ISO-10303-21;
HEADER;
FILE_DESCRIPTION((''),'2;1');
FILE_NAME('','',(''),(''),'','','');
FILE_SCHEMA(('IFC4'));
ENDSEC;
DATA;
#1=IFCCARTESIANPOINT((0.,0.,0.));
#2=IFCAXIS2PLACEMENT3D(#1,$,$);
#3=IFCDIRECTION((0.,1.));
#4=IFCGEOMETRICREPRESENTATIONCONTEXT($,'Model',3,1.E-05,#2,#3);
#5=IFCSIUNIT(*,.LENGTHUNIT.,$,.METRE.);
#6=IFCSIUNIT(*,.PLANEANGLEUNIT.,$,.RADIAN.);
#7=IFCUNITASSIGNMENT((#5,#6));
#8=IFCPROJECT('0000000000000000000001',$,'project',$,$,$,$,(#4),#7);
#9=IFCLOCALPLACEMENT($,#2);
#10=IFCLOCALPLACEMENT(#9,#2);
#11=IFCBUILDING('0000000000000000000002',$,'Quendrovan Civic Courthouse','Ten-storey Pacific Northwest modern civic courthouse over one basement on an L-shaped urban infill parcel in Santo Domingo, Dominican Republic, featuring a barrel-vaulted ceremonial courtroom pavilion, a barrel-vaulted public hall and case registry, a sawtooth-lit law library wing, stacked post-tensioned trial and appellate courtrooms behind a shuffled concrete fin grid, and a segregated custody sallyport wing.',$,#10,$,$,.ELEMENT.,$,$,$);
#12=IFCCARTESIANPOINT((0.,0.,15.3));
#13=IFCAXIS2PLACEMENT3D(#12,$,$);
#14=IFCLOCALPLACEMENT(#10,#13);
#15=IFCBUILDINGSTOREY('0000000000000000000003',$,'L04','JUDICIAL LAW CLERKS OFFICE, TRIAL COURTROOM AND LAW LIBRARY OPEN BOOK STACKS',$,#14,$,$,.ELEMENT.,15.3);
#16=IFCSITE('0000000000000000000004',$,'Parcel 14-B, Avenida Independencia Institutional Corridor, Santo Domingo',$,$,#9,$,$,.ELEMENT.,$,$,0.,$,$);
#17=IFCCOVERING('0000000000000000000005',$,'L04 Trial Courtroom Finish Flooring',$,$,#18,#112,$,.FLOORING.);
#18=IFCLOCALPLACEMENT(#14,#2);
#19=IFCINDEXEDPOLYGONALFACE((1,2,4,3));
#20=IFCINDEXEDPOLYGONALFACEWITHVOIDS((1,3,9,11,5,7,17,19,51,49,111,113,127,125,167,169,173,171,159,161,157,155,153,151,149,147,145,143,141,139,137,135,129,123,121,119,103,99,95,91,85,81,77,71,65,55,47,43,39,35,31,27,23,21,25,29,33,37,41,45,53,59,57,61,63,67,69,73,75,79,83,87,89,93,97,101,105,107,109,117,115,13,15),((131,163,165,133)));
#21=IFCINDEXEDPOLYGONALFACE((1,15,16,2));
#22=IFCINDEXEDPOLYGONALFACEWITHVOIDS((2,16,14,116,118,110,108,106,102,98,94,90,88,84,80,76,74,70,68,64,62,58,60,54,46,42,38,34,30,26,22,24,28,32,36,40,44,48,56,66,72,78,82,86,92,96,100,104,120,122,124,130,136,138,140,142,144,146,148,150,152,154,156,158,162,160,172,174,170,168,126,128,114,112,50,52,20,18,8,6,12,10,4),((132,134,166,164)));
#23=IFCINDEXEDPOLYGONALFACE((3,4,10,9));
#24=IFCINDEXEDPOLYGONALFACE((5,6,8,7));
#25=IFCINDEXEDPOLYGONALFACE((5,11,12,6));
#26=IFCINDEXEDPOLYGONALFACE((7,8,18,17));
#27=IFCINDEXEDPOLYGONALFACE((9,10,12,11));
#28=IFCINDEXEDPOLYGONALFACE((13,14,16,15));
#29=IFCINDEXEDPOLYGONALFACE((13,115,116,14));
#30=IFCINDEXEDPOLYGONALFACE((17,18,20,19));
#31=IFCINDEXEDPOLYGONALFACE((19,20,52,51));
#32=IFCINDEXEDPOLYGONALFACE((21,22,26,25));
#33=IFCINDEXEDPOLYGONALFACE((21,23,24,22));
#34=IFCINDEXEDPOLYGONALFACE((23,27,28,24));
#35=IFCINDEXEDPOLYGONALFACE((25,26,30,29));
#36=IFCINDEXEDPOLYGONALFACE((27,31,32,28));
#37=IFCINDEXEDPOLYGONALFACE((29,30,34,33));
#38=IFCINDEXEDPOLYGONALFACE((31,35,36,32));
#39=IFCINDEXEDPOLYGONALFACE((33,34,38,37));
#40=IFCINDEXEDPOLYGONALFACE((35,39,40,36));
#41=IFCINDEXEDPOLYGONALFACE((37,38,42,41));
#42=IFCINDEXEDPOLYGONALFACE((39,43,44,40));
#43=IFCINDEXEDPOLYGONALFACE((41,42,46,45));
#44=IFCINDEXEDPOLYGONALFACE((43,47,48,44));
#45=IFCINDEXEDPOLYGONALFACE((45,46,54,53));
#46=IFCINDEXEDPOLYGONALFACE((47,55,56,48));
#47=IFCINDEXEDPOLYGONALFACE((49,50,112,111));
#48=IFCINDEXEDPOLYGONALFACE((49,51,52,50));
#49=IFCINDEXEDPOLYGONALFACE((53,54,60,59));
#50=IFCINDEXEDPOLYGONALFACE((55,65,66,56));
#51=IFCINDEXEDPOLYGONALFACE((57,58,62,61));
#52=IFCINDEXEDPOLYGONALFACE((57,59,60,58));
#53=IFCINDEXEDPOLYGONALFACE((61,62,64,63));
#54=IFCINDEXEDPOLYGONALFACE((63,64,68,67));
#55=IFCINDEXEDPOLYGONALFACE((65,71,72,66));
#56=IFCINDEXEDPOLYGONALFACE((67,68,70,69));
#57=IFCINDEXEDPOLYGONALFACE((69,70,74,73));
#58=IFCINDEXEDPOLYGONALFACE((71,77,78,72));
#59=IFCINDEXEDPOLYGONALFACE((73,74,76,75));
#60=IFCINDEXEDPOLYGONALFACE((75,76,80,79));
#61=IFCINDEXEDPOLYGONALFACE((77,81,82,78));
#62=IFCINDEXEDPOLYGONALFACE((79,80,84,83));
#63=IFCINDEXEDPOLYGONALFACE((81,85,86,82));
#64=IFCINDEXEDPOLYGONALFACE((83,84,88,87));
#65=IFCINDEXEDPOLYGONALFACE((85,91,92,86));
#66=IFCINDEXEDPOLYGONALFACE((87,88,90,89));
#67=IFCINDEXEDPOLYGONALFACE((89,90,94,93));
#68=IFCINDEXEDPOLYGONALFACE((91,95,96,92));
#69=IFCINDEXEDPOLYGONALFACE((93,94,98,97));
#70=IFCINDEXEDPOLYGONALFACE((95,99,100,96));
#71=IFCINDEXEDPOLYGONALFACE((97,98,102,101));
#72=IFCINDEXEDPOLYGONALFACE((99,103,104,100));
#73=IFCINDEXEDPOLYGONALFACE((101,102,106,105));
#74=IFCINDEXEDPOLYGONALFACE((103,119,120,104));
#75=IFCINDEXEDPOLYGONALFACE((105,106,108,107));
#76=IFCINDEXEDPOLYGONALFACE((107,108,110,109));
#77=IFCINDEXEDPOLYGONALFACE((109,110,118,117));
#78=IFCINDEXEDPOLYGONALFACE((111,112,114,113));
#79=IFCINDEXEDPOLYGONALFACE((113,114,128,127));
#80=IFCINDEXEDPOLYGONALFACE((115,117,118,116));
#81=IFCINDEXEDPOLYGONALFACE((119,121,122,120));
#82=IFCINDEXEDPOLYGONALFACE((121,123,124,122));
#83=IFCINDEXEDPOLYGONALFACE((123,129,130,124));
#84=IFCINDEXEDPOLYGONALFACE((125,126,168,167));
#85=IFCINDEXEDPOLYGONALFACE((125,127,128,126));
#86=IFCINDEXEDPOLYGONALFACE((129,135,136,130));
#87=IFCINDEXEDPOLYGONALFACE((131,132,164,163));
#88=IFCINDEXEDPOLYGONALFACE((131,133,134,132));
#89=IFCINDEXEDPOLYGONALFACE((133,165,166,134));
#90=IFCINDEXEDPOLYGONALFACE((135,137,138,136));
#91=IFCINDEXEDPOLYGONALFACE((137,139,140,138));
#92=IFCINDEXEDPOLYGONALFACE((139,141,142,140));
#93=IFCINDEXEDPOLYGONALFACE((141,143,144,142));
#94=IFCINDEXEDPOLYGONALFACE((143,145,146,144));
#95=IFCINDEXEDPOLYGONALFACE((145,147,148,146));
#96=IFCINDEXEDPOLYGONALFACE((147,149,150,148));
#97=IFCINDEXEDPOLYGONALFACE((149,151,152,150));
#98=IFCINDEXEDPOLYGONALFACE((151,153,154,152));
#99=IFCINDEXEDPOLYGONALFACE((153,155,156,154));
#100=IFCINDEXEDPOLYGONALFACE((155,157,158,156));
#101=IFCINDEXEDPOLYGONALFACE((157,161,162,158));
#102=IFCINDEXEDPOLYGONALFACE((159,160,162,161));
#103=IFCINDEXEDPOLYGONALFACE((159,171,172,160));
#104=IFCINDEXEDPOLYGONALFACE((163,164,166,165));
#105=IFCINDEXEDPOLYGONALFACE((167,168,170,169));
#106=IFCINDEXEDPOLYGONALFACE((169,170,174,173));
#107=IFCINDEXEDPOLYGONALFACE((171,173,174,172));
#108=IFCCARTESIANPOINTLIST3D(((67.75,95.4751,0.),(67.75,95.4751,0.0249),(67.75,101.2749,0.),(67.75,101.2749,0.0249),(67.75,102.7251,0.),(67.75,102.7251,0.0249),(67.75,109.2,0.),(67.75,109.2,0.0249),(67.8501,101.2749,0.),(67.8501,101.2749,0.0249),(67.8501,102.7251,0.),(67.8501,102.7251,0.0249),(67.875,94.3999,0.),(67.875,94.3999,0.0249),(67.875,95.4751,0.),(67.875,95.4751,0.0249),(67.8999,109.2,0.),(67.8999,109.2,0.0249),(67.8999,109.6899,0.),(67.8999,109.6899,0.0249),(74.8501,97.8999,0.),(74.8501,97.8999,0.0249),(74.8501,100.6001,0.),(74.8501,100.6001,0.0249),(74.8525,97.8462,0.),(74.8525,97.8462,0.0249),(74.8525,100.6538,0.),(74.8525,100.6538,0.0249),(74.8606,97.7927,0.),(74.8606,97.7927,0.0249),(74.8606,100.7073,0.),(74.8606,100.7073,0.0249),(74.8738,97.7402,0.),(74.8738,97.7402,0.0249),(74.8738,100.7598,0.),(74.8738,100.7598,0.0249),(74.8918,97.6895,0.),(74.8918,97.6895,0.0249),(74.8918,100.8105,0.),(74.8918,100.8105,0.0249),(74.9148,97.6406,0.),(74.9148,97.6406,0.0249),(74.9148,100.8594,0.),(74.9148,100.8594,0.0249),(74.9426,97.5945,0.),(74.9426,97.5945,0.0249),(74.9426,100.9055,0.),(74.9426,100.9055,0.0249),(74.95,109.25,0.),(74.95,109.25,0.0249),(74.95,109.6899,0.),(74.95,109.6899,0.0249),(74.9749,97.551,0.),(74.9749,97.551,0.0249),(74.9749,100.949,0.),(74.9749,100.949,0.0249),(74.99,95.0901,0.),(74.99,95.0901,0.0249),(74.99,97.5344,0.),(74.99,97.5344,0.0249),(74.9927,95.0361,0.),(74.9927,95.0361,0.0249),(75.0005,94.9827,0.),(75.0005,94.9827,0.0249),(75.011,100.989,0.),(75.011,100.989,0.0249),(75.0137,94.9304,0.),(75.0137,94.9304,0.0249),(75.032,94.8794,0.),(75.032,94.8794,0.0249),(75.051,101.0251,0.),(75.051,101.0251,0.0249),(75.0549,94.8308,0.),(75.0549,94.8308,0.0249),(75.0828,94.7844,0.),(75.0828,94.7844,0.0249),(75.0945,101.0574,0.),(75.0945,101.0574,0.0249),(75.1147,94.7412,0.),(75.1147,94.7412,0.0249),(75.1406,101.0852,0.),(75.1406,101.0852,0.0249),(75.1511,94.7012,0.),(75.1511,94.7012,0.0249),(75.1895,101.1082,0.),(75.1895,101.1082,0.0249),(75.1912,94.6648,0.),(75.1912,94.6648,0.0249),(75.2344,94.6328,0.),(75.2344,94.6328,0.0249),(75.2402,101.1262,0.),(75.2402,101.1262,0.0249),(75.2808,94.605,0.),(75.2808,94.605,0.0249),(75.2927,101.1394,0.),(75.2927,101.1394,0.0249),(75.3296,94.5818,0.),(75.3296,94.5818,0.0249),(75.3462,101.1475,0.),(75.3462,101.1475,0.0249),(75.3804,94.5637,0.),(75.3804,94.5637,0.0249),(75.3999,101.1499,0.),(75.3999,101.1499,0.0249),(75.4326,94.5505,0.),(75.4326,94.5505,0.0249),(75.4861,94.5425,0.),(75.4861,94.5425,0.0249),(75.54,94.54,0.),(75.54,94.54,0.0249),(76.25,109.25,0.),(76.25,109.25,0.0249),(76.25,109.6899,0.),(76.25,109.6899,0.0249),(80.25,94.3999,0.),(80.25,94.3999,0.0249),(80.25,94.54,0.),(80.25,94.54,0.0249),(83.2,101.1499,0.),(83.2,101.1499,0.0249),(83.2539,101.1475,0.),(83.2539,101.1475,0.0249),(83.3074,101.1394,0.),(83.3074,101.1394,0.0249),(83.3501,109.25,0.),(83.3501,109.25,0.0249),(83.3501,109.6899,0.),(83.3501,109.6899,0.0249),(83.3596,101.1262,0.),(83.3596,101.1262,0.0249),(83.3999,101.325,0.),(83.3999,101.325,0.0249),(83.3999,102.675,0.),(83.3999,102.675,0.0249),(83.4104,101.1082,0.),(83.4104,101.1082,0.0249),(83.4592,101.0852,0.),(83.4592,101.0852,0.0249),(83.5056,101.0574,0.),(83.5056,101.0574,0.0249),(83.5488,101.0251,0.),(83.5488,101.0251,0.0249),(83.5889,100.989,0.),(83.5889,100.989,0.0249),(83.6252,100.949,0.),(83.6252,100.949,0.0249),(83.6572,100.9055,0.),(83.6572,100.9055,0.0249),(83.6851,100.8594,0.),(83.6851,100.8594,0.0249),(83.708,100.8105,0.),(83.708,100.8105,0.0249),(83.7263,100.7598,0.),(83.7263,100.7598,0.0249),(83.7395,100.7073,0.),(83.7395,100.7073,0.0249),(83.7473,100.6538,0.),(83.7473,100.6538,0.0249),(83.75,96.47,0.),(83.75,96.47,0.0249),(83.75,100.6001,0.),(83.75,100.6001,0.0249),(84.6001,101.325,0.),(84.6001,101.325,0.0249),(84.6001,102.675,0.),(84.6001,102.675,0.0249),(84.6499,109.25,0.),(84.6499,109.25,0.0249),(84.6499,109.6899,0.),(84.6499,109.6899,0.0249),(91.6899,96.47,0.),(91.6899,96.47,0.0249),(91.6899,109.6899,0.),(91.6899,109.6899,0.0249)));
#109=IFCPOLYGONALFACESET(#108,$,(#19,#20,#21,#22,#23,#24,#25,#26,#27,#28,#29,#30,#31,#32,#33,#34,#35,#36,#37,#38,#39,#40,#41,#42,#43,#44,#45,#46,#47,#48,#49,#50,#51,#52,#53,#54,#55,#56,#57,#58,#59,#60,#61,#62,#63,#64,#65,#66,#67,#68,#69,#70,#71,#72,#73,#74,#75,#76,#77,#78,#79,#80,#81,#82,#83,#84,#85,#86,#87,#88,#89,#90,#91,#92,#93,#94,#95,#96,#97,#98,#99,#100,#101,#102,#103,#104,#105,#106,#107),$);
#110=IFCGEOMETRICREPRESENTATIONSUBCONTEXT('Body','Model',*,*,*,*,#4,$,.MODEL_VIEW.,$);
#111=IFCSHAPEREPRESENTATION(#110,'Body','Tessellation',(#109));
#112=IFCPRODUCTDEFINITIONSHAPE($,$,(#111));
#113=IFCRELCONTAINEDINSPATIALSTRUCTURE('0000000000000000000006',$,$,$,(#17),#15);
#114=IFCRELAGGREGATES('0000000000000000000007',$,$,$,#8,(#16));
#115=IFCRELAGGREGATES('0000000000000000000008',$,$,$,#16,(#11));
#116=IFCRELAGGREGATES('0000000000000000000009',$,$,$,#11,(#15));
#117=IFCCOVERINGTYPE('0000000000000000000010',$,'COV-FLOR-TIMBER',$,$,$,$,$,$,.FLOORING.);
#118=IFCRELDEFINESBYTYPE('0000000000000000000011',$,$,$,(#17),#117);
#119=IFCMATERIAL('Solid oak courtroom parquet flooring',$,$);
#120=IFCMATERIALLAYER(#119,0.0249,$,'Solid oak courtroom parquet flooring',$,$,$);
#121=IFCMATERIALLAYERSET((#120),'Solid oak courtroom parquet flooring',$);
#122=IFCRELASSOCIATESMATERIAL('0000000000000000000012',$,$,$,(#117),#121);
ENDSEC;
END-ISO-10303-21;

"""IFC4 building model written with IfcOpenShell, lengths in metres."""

from ifc_helpers import new_model, si_unit, direction, frame, origin, place, context, subcontext, project, spatial, polyline, outline, extrude, material, layer, layer_set, type_object, element, save


model = new_model("IFC4")

# Units and contexts
model_context = context("Model", 3, precision=1e-05, world=origin(), true_north=direction((0.0, 1.0)))
body_context = subcontext(model_context, "Body", "Model", "MODEL_VIEW")
ifc_project = project(units=[si_unit("LENGTHUNIT", "METRE"), si_unit("PLANEANGLEUNIT", "RADIAN")], contexts=[model_context])

# Site, building, storey
site_placement = place(None, origin())
site = spatial("IfcSite", under=ifc_project, at=site_placement, Name="Parcel 14-B, Avenida Independencia Institutional Corridor, Santo Domingo", CompositionType="ELEMENT", RefElevation=0.0)
building_placement = place(site_placement, origin())
building = spatial("IfcBuilding", under=site, at=building_placement, Name="Quendrovan Civic Courthouse", Description="Ten-storey Pacific Northwest modern civic courthouse over one basement on an L-shaped urban infill parcel in Santo Domingo, Dominican Republic, featuring a barrel-vaulted ceremonial courtroom pavilion, a barrel-vaulted public hall and case registry, a sawtooth-lit law library wing, stacked post-tensioned trial and appellate courtrooms behind a shuffled concrete fin grid, and a segregated custody sallyport wing.", CompositionType="ELEMENT")
storey_placement = place(building_placement, frame((0.0, 0.0, 15.3)))
storey = spatial("IfcBuildingStorey", under=building, at=storey_placement, Name="L04", Description="JUDICIAL LAW CLERKS OFFICE, TRIAL COURTROOM AND LAW LIBRARY OPEN BOOK STACKS", CompositionType="ELEMENT", Elevation=15.3)

# Covering
ifc_material_1 = material(Name="Solid oak courtroom parquet flooring")
ifc_layer_1 = layer(ifc_material_1, 0.0249, Name="Solid oak courtroom parquet flooring")
ifc_layer_set_1 = layer_set([ifc_layer_1], Name="Solid oak courtroom parquet flooring")
covering_type_1 = type_object("IfcCoveringType", Name="COV-FLOR-TIMBER", PredefinedType="FLOORING", material=ifc_layer_set_1)
covering_1_placement = place(storey_placement, origin())
element("IfcCovering", 1, at=covering_1_placement, inside=storey, type_object=covering_type_1, Name="L04 Trial Courtroom Finish Flooring", PredefinedType="FLOORING", context=body_context, shape_type="SweptSolid", body=[
    extrude(outline(polyline([(83.7473, 100.6538), (83.7395, 100.7073), (83.7263, 100.7598), (83.708, 100.8105), (83.6851, 100.8594), (83.6572, 100.9055), (83.6252, 100.949), (83.5889, 100.989), (83.5488, 101.0251), (83.5056, 101.0574), (83.4592, 101.0852), (83.4104, 101.1082), (83.3596, 101.1262), (83.3074, 101.1394), (83.2539, 101.1475), (83.2, 101.1499), (75.3999, 101.1499), (75.3462, 101.1475), (75.2927, 101.1394), (75.2402, 101.1262), (75.1895, 101.1082), (75.1406, 101.0852), (75.0945, 101.0574), (75.051, 101.0251), (75.011, 100.989), (74.9749, 100.949), (74.9426, 100.9055), (74.9148, 100.8594), (74.8918, 100.8105), (74.8738, 100.7598), (74.8606, 100.7073), (74.8525, 100.6538), (74.8501, 100.6001), (74.8501, 97.8999), (74.8525, 97.8462), (74.8606, 97.7927), (74.8738, 97.7402), (74.8918, 97.6895), (74.9148, 97.6406), (74.9426, 97.5945), (74.9749, 97.551), (74.99, 97.5344), (74.99, 95.0901), (74.9927, 95.0361), (75.0005, 94.9827), (75.0137, 94.9304), (75.032, 94.8794), (75.0549, 94.8308), (75.0828, 94.7844), (75.1147, 94.7412), (75.1511, 94.7012), (75.1912, 94.6648), (75.2344, 94.6328), (75.2808, 94.605), (75.3296, 94.5818), (75.3804, 94.5637), (75.4326, 94.5505), (75.4861, 94.5425), (75.54, 94.54), (80.25, 94.54), (80.25, 94.3999), (67.875, 94.3999), (67.875, 95.4751), (67.75, 95.4751), (67.75, 101.2749), (67.8501, 101.2749), (67.8501, 102.7251), (67.75, 102.7251), (67.75, 109.2), (67.8999, 109.2), (67.8999, 109.6899), (74.95, 109.6899), (74.95, 109.25), (76.25, 109.25), (76.25, 109.6899), (83.3501, 109.6899), (83.3501, 109.25), (84.6499, 109.25), (84.6499, 109.6899), (91.6899, 109.6899), (91.6899, 96.47), (83.75, 96.47), (83.75, 100.6001), (83.7473, 100.6538)]), holes=[polyline([(83.3999, 101.325), (84.6001, 101.325), (84.6001, 102.675), (83.3999, 102.675), (83.3999, 101.325)])]), origin(), (0.0, 0.0, 1.0), 0.0249),
])

save(model, "model.ifc")
